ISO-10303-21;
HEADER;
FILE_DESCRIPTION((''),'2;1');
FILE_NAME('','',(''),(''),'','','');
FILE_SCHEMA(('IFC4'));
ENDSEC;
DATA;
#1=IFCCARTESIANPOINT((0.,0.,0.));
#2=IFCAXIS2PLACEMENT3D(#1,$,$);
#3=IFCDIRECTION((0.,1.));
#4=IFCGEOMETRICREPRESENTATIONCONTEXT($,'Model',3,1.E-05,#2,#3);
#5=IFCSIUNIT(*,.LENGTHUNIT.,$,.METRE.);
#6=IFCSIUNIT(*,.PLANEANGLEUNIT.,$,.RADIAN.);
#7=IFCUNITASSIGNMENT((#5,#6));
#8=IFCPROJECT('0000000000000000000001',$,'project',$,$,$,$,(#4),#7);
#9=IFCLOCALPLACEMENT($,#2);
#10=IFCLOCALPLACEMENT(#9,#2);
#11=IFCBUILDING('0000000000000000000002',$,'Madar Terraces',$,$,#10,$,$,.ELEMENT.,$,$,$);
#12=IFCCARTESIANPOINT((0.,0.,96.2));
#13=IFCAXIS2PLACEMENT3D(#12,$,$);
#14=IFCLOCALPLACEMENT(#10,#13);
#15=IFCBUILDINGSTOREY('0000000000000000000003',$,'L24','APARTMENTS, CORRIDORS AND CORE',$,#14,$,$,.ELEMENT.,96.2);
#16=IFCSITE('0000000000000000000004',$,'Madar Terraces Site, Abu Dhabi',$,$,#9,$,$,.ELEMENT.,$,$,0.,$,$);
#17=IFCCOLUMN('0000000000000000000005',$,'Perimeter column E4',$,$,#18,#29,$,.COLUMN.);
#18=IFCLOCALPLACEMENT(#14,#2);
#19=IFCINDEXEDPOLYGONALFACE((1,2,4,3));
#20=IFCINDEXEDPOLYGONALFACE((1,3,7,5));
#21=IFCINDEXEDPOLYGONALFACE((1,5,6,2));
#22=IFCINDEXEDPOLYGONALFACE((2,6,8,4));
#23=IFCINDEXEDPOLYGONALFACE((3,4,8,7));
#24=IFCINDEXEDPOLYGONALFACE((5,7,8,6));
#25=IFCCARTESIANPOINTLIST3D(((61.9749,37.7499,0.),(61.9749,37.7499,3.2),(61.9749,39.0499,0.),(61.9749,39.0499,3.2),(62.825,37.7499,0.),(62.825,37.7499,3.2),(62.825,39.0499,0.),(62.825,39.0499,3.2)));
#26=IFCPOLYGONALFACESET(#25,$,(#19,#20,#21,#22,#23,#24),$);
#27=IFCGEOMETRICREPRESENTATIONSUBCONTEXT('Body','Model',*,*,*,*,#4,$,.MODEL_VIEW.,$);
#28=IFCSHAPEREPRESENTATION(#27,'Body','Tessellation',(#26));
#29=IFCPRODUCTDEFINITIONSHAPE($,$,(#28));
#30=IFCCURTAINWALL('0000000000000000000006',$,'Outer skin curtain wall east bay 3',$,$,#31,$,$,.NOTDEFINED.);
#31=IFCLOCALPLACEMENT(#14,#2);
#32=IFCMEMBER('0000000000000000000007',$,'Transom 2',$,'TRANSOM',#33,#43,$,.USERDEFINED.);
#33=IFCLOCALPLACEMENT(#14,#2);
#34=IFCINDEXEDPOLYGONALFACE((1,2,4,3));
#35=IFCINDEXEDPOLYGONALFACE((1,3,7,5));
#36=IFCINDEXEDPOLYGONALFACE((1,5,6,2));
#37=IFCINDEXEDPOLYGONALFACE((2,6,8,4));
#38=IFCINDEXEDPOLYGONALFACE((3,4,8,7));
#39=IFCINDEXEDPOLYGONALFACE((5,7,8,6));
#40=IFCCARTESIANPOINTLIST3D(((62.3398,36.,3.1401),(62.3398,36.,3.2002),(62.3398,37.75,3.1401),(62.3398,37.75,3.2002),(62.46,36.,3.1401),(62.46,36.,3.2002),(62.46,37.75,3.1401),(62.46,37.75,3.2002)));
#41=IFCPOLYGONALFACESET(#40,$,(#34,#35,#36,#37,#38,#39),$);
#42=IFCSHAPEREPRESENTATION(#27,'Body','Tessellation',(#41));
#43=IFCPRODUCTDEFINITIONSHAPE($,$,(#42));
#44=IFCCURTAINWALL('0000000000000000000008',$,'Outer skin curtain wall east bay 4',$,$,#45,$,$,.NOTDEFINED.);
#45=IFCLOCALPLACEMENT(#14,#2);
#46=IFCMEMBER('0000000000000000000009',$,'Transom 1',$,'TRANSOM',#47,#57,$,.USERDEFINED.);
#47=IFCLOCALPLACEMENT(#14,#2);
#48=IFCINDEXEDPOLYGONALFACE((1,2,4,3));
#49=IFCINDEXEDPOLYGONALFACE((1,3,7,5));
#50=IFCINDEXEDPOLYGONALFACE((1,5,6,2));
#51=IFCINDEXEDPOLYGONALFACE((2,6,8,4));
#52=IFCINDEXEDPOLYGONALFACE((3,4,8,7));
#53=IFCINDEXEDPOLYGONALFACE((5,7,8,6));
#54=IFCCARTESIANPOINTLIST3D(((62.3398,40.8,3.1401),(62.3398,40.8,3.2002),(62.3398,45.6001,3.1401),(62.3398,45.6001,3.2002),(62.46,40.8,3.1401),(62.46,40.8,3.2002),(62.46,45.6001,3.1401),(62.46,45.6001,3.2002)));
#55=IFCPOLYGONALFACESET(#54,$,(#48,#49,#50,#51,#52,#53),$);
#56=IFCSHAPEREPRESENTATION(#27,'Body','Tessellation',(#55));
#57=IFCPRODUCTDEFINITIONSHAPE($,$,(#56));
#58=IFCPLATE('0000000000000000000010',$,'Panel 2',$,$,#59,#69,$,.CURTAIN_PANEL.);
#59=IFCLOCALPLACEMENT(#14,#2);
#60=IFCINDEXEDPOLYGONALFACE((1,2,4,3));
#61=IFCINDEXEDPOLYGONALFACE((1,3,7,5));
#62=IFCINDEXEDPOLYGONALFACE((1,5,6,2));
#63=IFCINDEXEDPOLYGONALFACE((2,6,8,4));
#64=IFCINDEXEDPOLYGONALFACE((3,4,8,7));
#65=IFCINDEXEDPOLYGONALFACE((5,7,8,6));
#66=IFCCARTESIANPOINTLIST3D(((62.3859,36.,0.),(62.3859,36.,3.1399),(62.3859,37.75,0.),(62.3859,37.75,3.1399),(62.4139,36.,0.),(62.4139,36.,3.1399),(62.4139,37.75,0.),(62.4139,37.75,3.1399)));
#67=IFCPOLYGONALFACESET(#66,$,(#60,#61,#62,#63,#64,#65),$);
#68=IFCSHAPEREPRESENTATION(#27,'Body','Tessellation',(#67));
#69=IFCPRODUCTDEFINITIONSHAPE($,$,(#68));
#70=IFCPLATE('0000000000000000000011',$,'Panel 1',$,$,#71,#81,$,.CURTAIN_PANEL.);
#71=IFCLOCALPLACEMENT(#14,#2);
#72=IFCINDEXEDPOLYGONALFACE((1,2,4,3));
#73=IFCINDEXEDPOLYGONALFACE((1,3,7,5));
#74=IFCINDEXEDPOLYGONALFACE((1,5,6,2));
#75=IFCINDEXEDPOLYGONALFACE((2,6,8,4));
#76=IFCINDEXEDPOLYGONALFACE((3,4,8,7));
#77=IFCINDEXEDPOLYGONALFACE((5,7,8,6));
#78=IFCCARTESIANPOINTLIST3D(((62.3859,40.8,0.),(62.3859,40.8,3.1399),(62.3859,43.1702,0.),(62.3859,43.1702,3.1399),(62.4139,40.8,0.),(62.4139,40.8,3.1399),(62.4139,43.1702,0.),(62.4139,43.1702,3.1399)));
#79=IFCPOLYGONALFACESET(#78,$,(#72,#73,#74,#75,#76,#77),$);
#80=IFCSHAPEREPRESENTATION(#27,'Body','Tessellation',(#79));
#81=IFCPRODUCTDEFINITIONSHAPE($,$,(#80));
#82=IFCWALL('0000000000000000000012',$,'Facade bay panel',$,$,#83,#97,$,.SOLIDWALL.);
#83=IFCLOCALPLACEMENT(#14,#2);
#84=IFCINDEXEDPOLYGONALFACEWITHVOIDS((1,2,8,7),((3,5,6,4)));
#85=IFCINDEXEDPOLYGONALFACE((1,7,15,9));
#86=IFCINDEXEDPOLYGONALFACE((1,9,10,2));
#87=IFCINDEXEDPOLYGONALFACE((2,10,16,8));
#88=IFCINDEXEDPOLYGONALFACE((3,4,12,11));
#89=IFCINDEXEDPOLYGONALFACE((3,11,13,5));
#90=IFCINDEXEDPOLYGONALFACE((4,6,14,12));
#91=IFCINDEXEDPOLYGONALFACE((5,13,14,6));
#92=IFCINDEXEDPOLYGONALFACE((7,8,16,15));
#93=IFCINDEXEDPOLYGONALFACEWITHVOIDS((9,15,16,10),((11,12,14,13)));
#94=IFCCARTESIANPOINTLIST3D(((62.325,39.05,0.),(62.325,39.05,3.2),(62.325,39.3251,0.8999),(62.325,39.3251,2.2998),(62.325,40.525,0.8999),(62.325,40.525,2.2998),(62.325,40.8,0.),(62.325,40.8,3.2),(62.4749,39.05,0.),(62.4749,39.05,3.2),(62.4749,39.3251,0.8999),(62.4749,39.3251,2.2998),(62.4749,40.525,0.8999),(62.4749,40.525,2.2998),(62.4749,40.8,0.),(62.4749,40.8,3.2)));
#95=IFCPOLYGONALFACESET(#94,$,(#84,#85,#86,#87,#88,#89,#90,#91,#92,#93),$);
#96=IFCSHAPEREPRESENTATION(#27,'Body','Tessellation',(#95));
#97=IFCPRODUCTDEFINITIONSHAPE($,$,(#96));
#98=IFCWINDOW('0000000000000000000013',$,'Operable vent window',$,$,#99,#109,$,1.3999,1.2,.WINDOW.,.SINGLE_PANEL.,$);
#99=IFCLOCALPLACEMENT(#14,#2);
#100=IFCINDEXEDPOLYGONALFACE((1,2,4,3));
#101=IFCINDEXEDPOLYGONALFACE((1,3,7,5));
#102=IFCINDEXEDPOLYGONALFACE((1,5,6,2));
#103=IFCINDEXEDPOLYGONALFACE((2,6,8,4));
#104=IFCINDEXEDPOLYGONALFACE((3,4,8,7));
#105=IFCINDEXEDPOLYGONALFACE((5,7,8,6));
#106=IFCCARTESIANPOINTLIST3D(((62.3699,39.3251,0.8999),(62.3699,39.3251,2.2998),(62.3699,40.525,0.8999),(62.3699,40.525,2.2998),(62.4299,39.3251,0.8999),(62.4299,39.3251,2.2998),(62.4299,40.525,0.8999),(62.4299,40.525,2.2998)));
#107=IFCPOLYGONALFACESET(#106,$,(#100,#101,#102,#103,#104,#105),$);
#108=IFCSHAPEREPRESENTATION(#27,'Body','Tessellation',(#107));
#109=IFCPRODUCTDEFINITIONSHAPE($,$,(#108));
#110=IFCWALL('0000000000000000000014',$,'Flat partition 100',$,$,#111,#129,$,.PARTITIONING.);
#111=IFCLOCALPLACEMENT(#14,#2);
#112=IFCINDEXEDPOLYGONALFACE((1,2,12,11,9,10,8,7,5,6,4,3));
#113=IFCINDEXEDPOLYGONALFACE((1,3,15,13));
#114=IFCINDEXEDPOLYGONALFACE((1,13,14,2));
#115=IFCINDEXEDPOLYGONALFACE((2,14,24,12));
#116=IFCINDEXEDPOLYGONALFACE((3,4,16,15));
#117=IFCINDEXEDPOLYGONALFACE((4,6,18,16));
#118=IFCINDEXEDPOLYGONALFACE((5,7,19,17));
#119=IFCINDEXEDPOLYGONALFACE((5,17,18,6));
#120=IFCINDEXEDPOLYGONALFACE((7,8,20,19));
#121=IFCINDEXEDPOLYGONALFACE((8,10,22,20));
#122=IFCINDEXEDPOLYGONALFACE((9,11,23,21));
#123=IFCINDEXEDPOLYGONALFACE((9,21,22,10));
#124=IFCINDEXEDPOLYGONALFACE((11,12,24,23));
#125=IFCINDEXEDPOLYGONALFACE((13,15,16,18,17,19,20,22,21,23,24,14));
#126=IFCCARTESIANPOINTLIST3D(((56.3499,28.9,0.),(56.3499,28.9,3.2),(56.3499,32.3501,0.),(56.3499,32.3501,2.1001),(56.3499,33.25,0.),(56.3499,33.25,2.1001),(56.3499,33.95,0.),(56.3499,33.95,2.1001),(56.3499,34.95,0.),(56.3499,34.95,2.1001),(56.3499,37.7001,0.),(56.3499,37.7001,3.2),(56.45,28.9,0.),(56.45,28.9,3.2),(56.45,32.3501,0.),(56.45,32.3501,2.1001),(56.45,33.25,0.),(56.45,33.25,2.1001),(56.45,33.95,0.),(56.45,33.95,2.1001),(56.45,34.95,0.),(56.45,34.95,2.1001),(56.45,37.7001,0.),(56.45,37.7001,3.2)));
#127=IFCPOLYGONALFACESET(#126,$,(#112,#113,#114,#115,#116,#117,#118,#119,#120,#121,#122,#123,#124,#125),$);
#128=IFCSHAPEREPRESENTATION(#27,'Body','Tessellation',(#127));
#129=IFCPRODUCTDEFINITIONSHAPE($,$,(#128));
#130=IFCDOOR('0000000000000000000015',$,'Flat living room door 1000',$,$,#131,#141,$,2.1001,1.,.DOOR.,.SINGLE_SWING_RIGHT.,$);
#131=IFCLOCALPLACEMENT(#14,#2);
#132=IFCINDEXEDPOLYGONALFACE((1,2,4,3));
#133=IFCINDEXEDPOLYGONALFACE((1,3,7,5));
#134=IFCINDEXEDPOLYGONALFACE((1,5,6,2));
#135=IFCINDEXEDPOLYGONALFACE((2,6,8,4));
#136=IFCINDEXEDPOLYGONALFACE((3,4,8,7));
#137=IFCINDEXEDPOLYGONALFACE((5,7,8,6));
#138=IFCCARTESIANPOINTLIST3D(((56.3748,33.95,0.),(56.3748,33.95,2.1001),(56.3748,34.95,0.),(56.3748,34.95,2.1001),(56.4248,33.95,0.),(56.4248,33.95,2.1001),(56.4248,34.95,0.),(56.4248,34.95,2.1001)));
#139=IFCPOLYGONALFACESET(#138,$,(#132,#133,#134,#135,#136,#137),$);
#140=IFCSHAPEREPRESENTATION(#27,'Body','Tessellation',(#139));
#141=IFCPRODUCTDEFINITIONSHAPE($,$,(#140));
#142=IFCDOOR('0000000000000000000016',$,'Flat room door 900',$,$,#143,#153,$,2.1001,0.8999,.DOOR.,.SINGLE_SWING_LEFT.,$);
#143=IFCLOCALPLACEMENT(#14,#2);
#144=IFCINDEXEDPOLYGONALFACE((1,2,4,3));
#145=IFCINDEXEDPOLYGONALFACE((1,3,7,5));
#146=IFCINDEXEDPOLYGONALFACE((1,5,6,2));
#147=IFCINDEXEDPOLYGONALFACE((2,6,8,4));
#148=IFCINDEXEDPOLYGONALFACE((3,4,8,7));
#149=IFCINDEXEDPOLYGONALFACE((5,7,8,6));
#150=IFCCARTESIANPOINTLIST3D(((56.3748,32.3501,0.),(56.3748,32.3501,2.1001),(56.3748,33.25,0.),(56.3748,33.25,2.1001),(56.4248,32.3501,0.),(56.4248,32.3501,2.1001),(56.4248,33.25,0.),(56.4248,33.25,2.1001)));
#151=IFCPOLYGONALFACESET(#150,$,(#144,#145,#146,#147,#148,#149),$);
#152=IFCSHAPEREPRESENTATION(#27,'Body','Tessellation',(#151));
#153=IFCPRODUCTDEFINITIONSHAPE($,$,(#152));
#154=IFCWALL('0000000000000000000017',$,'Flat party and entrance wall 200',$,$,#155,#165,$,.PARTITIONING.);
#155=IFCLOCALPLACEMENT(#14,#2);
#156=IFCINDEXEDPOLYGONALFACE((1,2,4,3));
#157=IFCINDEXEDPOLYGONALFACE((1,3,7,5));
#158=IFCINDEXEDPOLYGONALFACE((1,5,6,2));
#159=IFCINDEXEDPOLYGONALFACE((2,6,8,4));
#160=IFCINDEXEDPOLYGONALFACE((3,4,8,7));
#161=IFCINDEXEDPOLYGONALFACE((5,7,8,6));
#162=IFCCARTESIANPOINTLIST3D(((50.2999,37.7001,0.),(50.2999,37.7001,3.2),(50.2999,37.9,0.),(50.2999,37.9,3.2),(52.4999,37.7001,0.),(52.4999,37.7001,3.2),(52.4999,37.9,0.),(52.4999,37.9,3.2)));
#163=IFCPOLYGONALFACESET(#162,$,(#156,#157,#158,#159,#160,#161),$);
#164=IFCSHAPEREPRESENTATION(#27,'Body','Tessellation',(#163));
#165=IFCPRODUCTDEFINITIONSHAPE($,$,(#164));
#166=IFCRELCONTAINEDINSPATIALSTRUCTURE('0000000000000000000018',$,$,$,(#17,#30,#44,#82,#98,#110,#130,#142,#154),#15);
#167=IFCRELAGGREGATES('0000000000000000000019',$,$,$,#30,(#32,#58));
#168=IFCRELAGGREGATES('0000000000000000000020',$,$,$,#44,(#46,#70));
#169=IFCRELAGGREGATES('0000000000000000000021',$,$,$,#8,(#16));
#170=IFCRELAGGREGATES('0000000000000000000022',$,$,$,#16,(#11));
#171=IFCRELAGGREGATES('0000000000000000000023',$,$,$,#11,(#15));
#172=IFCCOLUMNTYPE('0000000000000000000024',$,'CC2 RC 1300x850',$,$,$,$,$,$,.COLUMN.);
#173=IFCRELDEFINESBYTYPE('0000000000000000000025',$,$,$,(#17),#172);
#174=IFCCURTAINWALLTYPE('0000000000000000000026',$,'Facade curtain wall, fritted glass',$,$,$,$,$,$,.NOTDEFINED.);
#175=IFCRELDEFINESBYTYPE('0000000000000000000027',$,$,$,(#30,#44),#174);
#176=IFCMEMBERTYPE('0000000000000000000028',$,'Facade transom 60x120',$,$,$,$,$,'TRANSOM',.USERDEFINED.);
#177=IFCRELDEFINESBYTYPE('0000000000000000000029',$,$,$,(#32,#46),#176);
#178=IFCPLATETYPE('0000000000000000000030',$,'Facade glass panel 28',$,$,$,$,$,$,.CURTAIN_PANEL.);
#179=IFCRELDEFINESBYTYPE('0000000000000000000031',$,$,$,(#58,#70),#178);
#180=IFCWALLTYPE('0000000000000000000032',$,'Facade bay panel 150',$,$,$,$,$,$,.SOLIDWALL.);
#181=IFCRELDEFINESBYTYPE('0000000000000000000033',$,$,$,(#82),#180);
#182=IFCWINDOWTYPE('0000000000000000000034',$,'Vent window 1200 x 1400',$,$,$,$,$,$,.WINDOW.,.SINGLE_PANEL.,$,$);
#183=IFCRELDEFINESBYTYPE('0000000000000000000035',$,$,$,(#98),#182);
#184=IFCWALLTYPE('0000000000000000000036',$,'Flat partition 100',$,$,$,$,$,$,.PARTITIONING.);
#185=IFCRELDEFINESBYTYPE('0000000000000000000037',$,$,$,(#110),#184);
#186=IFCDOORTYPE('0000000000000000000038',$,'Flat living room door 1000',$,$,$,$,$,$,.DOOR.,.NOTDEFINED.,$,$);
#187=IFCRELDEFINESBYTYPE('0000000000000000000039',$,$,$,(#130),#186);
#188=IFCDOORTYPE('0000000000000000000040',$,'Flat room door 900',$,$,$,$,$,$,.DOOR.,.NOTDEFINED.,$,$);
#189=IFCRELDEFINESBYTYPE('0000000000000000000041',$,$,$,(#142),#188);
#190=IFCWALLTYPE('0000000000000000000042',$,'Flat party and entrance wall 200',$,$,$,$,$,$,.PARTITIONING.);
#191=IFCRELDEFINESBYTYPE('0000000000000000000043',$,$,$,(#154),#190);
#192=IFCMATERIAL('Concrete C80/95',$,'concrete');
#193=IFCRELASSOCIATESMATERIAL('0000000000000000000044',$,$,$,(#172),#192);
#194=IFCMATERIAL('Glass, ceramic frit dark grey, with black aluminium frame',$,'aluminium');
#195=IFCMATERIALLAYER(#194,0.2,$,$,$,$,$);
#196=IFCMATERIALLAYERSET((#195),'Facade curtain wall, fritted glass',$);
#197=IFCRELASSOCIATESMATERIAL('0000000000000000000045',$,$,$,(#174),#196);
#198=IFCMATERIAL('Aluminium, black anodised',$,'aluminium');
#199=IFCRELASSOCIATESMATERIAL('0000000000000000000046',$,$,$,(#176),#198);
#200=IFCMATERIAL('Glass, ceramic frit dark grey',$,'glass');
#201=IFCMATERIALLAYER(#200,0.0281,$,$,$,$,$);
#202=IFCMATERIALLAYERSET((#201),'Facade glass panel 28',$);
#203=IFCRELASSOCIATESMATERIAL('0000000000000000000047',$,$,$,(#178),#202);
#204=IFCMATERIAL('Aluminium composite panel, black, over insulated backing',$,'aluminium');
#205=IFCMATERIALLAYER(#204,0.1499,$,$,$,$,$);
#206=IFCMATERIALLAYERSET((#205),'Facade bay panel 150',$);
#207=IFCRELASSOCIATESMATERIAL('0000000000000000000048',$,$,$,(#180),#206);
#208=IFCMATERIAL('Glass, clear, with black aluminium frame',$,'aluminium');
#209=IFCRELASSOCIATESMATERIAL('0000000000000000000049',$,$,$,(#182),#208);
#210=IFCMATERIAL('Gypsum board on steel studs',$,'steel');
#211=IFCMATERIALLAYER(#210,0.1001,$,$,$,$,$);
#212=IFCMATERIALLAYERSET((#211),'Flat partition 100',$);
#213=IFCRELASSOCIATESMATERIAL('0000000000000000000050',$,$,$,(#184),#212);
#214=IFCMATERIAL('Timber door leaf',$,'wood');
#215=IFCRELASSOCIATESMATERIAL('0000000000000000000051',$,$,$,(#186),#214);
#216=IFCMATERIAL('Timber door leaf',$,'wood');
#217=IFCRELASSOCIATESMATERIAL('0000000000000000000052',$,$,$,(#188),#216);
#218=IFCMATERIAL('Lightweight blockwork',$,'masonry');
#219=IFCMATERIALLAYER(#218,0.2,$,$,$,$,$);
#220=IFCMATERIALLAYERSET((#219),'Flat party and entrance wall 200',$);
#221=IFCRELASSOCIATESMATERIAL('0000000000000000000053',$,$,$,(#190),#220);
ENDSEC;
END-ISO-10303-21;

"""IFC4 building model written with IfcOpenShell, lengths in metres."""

from ifc_helpers import new_model, si_unit, direction, frame, frame_2d, origin, origin_2d, place, context, subcontext, project, spatial, rectangle, extrude, material, layer, layer_set, material_profile, profile_set, type_object, element, fill, aggregate, save


model = new_model("IFC4")

# Units and contexts
model_context = context("Model", 3, precision=1e-05, world=origin(), true_north=direction((0.0, 1.0)))
body_context = subcontext(model_context, "Body", "Model", "MODEL_VIEW")
ifc_project = project(units=[si_unit("LENGTHUNIT", "METRE"), si_unit("PLANEANGLEUNIT", "RADIAN")], contexts=[model_context])

# Site, building, storey
site_placement = place(None, origin())
site = spatial("IfcSite", under=ifc_project, at=site_placement, Name="Madar Terraces Site, Abu Dhabi", CompositionType="ELEMENT", RefElevation=0.0)
building_placement = place(site_placement, origin())
building = spatial("IfcBuilding", under=site, at=building_placement, Name="Madar Terraces", CompositionType="ELEMENT")
storey_placement = place(building_placement, frame((0.0, 0.0, 96.2)))
storey = spatial("IfcBuildingStorey", under=building, at=storey_placement, Name="L24", Description="APARTMENTS, CORRIDORS AND CORE", CompositionType="ELEMENT", Elevation=96.2)

# Column
ifc_material_1 = material(Name="Concrete C80/95", Category="concrete")
ifc_material_profile_1 = material_profile(ifc_material_1, rectangle(XDim=1.3, YDim=0.8501, at=origin_2d()), Name="CC2 RC 1300x850")
ifc_profile_set_1 = profile_set([ifc_material_profile_1], Name="Concrete C80/95")
column_type = type_object("IfcColumnType", Name="CC2 RC 1300x850", PredefinedType="COLUMN", material=ifc_profile_set_1)
column_placement = place(storey_placement, frame((62.3999, 38.3999, 0.0), z_axis=(0.0, 0.0, 1.0), x_axis=(0.0, 1.0, 0.0)))
element("IfcColumn", 1, at=column_placement, inside=storey, type_object=column_type, Name="Perimeter column E4", PredefinedType="COLUMN", context=body_context, shape_type="SweptSolid", body=[
    extrude(rectangle(XDim=1.3, YDim=0.8501, at=origin_2d()), origin(), (0.0, 0.0, 1.0), 3.2),
])

# Curtain walls, members
ifc_material_2 = material(Name="Glass, ceramic frit dark grey, with black aluminium frame", Category="aluminium")
ifc_layer_1 = layer(ifc_material_2, 0.2)
ifc_layer_set_1 = layer_set([ifc_layer_1], Name="Facade curtain wall, fritted glass")
curtain_wall_type = type_object("IfcCurtainWallType", Name="Facade curtain wall, fritted glass", PredefinedType="NOTDEFINED", material=ifc_layer_set_1)
curtain_wall_1_placement = place(storey_placement, origin())
curtain_wall_1 = element("IfcCurtainWall", 2, at=curtain_wall_1_placement, inside=storey, type_object=curtain_wall_type, Name="Outer skin curtain wall east bay 3", PredefinedType="NOTDEFINED")
ifc_material_3 = material(Name="Aluminium, black anodised", Category="aluminium")
ifc_material_profile_2 = material_profile(ifc_material_3, rectangle(XDim=0.1201, YDim=0.0601, at=origin_2d()), Name="Facade transom 60x120")
ifc_profile_set_2 = profile_set([ifc_material_profile_2], Name="Aluminium, black anodised")
member_type = type_object("IfcMemberType", Name="Facade transom 60x120", ElementType="TRANSOM", PredefinedType="USERDEFINED", material=ifc_profile_set_2)
member_1_placement = place(storey_placement, frame((62.3999, 36.0, 3.1702), z_axis=(0.0, 1.0, 0.0), x_axis=(-1.0, 0.0, 0.0)))
member_1 = element("IfcMember", 3, at=member_1_placement, type_object=member_type, Name="Transom 2", ObjectType="TRANSOM", PredefinedType="USERDEFINED", context=body_context, shape_type="SweptSolid", body=[
    extrude(rectangle(XDim=0.1201, YDim=0.0601, at=origin_2d()), origin(), (0.0, 0.0, 1.0), 1.75),
])
curtain_wall_2_placement = place(storey_placement, origin())
curtain_wall_2 = element("IfcCurtainWall", 4, at=curtain_wall_2_placement, inside=storey, type_object=curtain_wall_type, Name="Outer skin curtain wall east bay 4", PredefinedType="NOTDEFINED")
member_2_placement = place(storey_placement, frame((62.3999, 40.8, 3.1702), z_axis=(0.0, 1.0, 0.0), x_axis=(-1.0, 0.0, 0.0)))
member_2 = element("IfcMember", 5, at=member_2_placement, type_object=member_type, Name="Transom 1", ObjectType="TRANSOM", PredefinedType="USERDEFINED", context=body_context, shape_type="SweptSolid", body=[
    extrude(rectangle(XDim=0.1201, YDim=0.0601, at=origin_2d()), origin(), (0.0, 0.0, 1.0), 4.8),
])

# Plates
ifc_material_4 = material(Name="Glass, ceramic frit dark grey", Category="glass")
ifc_layer_2 = layer(ifc_material_4, 0.0281)
ifc_layer_set_2 = layer_set([ifc_layer_2], Name="Facade glass panel 28")
plate_type = type_object("IfcPlateType", Name="Facade glass panel 28", PredefinedType="CURTAIN_PANEL", material=ifc_layer_set_2)
plate_1_placement = place(storey_placement, frame((62.3999, 36.875, 0.0), z_axis=(0.0, 0.0, 1.0), x_axis=(0.0, 1.0, 0.0)))
plate_1 = element("IfcPlate", 6, at=plate_1_placement, type_object=plate_type, Name="Panel 2", PredefinedType="CURTAIN_PANEL", context=body_context, shape_type="SweptSolid", body=[
    extrude(rectangle(XDim=1.75, YDim=0.0281, at=origin_2d()), origin(), (0.0, 0.0, 1.0), 3.1399),
])
aggregate(curtain_wall_1, [member_1, plate_1])
plate_2_placement = place(storey_placement, frame((62.3999, 41.9851, 0.0), z_axis=(0.0, 0.0, 1.0), x_axis=(0.0, 1.0, 0.0)))
plate_2 = element("IfcPlate", 7, at=plate_2_placement, type_object=plate_type, Name="Panel 1", PredefinedType="CURTAIN_PANEL", context=body_context, shape_type="SweptSolid", body=[
    extrude(rectangle(XDim=2.3701, YDim=0.0281, at=origin_2d()), origin(), (0.0, 0.0, 1.0), 3.1399),
])
aggregate(curtain_wall_2, [member_2, plate_2])

# Wall, opening, window
ifc_material_5 = material(Name="Aluminium composite panel, black, over insulated backing", Category="aluminium")
ifc_layer_3 = layer(ifc_material_5, 0.1499)
ifc_layer_set_3 = layer_set([ifc_layer_3], Name="Facade bay panel 150")
wall_type_1 = type_object("IfcWallType", Name="Facade bay panel 150", PredefinedType="SOLIDWALL", material=ifc_layer_set_3)
wall_1_placement = place(storey_placement, frame((62.3999, 39.05, 0.0), z_axis=(0.0, 0.0, 1.0), x_axis=(0.0, 1.0, 0.0)))
wall_1 = element("IfcWall", 8, at=wall_1_placement, inside=storey, type_object=wall_type_1, Name="Facade bay panel", PredefinedType="SOLIDWALL", context=body_context, shape_type="SweptSolid", body=[
    extrude(rectangle(XDim=1.75, YDim=0.1499, at=frame_2d((0.875, 0.0))), origin(), (0.0, 0.0, 1.0), 3.2),
])
opening_1_placement = place(wall_1_placement, frame((0.2749, 0.0, 0.8999)))
opening_1 = element("IfcOpeningElement", 9, at=opening_1_placement, cuts=wall_1, PredefinedType="OPENING", context=body_context, shape_type="SweptSolid", body=[
    extrude(rectangle(XDim=1.2, YDim=1.3999, at=frame_2d((0.6001, 0.7))), frame((0.0, 0.085, 0.0), z_axis=(0.0, -1.0, 0.0), x_axis=(1.0, 0.0, 0.0)), (0.0, 0.0, 1.0), 0.1699),
])
ifc_material_6 = material(Name="Glass, clear, with black aluminium frame", Category="aluminium")
window_type = type_object("IfcWindowType", Name="Vent window 1200 x 1400", PartitioningType="SINGLE_PANEL", PredefinedType="WINDOW", material=ifc_material_6)
window_placement = place(opening_1_placement, origin())
window = element("IfcWindow", 10, at=window_placement, inside=storey, type_object=window_type, Name="Operable vent window", OverallHeight=1.3999, OverallWidth=1.2, PartitioningType="SINGLE_PANEL", PredefinedType="WINDOW", context=body_context, shape_type="SweptSolid", body=[
    extrude(rectangle(XDim=1.2, YDim=1.3999, at=frame_2d((0.6001, 0.7))), frame((0.0, 0.03, 0.0), z_axis=(0.0, -1.0, 0.0), x_axis=(1.0, 0.0, 0.0)), (0.0, 0.0, 1.0), 0.0601),
])
fill(opening_1, window)

# Wall, openings, doors
ifc_material_7 = material(Name="Gypsum board on steel studs", Category="steel")
ifc_layer_4 = layer(ifc_material_7, 0.1001)
ifc_layer_set_4 = layer_set([ifc_layer_4], Name="Flat partition 100")
wall_type_2 = type_object("IfcWallType", Name="Flat partition 100", PredefinedType="PARTITIONING", material=ifc_layer_set_4)
wall_2_placement = place(storey_placement, frame((56.3999, 37.7, 0.0), z_axis=(0.0, 0.0, 1.0), x_axis=(0.0, -1.0, 0.0)))
wall_2 = element("IfcWall", 11, at=wall_2_placement, inside=storey, type_object=wall_type_2, Name="Flat partition 100", PredefinedType="PARTITIONING", context=body_context, shape_type="SweptSolid", body=[
    extrude(rectangle(XDim=8.8, YDim=0.1001, at=frame_2d((4.3999, 0.0))), origin(), (0.0, 0.0, 1.0), 3.2),
])
opening_2_placement = place(wall_2_placement, frame((2.75, 0.0, 0.0)))
opening_2 = element("IfcOpeningElement", 12, at=opening_2_placement, cuts=wall_2, PredefinedType="OPENING", context=body_context, shape_type="SweptSolid", body=[
    extrude(rectangle(XDim=1.0, YDim=2.1001, at=frame_2d((0.5, 1.05))), frame((0.0, 0.0601, 0.0), z_axis=(0.0, -1.0, 0.0), x_axis=(1.0, 0.0, 0.0)), (0.0, 0.0, 1.0), 0.1201),
])
opening_3_placement = place(wall_2_placement, frame((4.45, 0.0, 0.0)))
opening_3 = element("IfcOpeningElement", 13, at=opening_3_placement, cuts=wall_2, PredefinedType="OPENING", context=body_context, shape_type="SweptSolid", body=[
    extrude(rectangle(XDim=0.8999, YDim=2.1001, at=frame_2d((0.45, 1.05))), frame((0.0, 0.0601, 0.0), z_axis=(0.0, -1.0, 0.0), x_axis=(1.0, 0.0, 0.0)), (0.0, 0.0, 1.0), 0.1201),
])
ifc_material_8 = material(Name="Timber door leaf", Category="wood")
door_type_1 = type_object("IfcDoorType", Name="Flat living room door 1000", OperationType="NOTDEFINED", PredefinedType="DOOR", material=ifc_material_8)
door_1_placement = place(opening_2_placement, origin())
door_1 = element("IfcDoor", 14, at=door_1_placement, inside=storey, type_object=door_type_1, Name="Flat living room door 1000", OperationType="SINGLE_SWING_RIGHT", OverallHeight=2.1001, OverallWidth=1.0, PredefinedType="DOOR", context=body_context, shape_type="SweptSolid", body=[
    extrude(rectangle(XDim=1.0, YDim=2.1001, at=frame_2d((0.5, 1.05))), frame((0.0, 0.0249, 0.0), z_axis=(0.0, -1.0, 0.0), x_axis=(1.0, 0.0, 0.0)), (0.0, 0.0, 1.0), 0.05),
])
fill(opening_2, door_1)
ifc_material_9 = material(Name="Timber door leaf", Category="wood")
door_type_2 = type_object("IfcDoorType", Name="Flat room door 900", OperationType="NOTDEFINED", PredefinedType="DOOR", material=ifc_material_9)
door_2_placement = place(opening_3_placement, origin())
door_2 = element("IfcDoor", 15, at=door_2_placement, inside=storey, type_object=door_type_2, Name="Flat room door 900", OperationType="SINGLE_SWING_LEFT", OverallHeight=2.1001, OverallWidth=0.8999, PredefinedType="DOOR", context=body_context, shape_type="SweptSolid", body=[
    extrude(rectangle(XDim=0.8999, YDim=2.1001, at=frame_2d((0.45, 1.05))), frame((0.0, 0.0249, 0.0), z_axis=(0.0, -1.0, 0.0), x_axis=(1.0, 0.0, 0.0)), (0.0, 0.0, 1.0), 0.05),
])
fill(opening_3, door_2)

# Wall
ifc_material_10 = material(Name="Lightweight blockwork", Category="masonry")
ifc_layer_5 = layer(ifc_material_10, 0.2)
ifc_layer_set_5 = layer_set([ifc_layer_5], Name="Flat party and entrance wall 200")
wall_type_3 = type_object("IfcWallType", Name="Flat party and entrance wall 200", PredefinedType="PARTITIONING", material=ifc_layer_set_5)
wall_3_placement = place(storey_placement, frame((52.5, 37.8, 0.0), z_axis=(0.0, 0.0, 1.0), x_axis=(-1.0, 0.0, 0.0)))
element("IfcWall", 16, at=wall_3_placement, inside=storey, type_object=wall_type_3, Name="Flat party and entrance wall 200", PredefinedType="PARTITIONING", context=body_context, shape_type="SweptSolid", body=[
    extrude(rectangle(XDim=2.2, YDim=0.2, at=frame_2d((1.1001, 0.0))), origin(), (0.0, 0.0, 1.0), 3.2),
])

save(model, "model.ifc")
